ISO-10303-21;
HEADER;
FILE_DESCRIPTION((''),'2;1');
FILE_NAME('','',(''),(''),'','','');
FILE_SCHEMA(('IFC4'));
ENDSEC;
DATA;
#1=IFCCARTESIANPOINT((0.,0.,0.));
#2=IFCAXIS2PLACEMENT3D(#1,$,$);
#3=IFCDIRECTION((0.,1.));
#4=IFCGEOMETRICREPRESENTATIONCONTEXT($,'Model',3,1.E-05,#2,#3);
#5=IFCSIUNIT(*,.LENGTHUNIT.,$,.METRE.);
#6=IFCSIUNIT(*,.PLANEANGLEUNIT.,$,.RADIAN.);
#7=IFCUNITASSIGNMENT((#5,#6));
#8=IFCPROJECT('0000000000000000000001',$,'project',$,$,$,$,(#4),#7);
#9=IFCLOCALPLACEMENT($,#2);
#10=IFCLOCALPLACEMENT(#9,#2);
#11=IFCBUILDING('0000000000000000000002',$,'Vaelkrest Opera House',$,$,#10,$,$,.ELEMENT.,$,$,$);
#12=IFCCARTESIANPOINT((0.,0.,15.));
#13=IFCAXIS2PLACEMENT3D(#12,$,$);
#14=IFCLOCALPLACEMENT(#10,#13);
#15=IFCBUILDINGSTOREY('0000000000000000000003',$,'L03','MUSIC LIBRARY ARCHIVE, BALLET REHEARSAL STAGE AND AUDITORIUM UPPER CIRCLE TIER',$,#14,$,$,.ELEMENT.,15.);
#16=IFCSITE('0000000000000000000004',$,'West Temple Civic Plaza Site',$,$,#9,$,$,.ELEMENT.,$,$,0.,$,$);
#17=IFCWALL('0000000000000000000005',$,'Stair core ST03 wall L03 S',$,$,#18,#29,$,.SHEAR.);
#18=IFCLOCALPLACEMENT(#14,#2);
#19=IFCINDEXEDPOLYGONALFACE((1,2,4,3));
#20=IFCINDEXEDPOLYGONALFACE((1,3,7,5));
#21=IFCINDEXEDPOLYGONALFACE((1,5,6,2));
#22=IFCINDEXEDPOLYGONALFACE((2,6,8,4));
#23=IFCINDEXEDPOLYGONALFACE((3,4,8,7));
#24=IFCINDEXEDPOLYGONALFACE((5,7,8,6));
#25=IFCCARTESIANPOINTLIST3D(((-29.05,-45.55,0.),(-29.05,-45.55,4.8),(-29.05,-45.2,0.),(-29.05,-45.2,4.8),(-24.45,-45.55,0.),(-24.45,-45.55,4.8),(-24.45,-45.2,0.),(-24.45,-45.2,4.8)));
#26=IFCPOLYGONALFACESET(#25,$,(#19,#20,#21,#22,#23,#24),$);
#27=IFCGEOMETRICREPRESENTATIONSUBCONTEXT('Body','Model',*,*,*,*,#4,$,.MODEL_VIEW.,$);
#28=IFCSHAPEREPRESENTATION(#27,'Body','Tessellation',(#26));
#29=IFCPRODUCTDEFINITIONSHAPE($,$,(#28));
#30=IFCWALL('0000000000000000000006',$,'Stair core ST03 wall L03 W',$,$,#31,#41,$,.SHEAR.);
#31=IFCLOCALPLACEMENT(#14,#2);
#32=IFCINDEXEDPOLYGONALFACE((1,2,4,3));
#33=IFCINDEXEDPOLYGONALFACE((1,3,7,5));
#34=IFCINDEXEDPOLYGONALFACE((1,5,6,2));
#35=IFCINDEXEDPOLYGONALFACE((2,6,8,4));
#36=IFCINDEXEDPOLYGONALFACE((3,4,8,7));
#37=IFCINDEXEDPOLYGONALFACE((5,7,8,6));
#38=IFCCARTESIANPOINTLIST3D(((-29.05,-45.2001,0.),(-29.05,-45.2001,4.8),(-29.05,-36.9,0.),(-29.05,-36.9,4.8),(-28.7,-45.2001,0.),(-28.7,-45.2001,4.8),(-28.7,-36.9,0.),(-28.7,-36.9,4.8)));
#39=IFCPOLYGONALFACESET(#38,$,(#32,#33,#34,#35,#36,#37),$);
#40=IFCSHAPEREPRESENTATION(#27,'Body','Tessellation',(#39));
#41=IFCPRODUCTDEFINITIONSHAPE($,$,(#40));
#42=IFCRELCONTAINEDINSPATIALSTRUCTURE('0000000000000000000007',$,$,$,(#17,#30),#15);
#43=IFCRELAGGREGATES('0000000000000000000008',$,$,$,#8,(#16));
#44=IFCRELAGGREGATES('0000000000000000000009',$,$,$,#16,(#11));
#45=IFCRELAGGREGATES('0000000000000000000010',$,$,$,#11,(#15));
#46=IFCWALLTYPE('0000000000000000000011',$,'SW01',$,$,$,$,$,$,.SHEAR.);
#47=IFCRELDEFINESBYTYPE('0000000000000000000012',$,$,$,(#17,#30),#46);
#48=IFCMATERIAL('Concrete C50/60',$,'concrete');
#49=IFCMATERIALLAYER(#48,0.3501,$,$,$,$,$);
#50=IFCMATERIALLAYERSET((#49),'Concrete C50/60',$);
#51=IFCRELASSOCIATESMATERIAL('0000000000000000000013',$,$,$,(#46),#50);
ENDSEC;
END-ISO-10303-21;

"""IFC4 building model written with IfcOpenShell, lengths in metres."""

from ifc_helpers import new_model, si_unit, direction, frame, frame_2d, origin, place, context, subcontext, project, spatial, rectangle, extrude, material, layer, layer_set, type_object, element, save


model = new_model("IFC4")

# Units and contexts
model_context = context("Model", 3, precision=1e-05, world=origin(), true_north=direction((0.0, 1.0)))
body_context = subcontext(model_context, "Body", "Model", "MODEL_VIEW")
ifc_project = project(units=[si_unit("LENGTHUNIT", "METRE"), si_unit("PLANEANGLEUNIT", "RADIAN")], contexts=[model_context])

# Site, building, storey
site_placement = place(None, origin())
site = spatial("IfcSite", under=ifc_project, at=site_placement, Name="West Temple Civic Plaza Site", CompositionType="ELEMENT", RefElevation=0.0)
building_placement = place(site_placement, origin())
building = spatial("IfcBuilding", under=site, at=building_placement, Name="Vaelkrest Opera House", CompositionType="ELEMENT")
storey_placement = place(building_placement, frame((0.0, 0.0, 15.0)))
storey = spatial("IfcBuildingStorey", under=building, at=storey_placement, Name="L03", Description="MUSIC LIBRARY ARCHIVE, BALLET REHEARSAL STAGE AND AUDITORIUM UPPER CIRCLE TIER", CompositionType="ELEMENT", Elevation=15.0)

# Shared definitions
ifc_material_1 = material(Name="Concrete C50/60", Category="concrete")

# Walls
ifc_layer_1 = layer(ifc_material_1, 0.3501)
ifc_layer_set_1 = layer_set([ifc_layer_1], Name="Concrete C50/60")
wall_type_1 = type_object("IfcWallType", Name="SW01", PredefinedType="SHEAR", material=ifc_layer_set_1)
wall_1_placement = place(storey_placement, frame((-24.45, -45.375, 0.0), z_axis=(0.0, 0.0, 1.0), x_axis=(-1.0, 0.0, 0.0)))
element("IfcWall", 1, at=wall_1_placement, inside=storey, type_object=wall_type_1, Name="Stair core ST03 wall L03 S", PredefinedType="SHEAR", context=body_context, shape_type="SweptSolid", body=[
    extrude(rectangle(XDim=4.6001, YDim=0.3501, at=frame_2d((2.3, 0.0))), origin(), (0.0, 0.0, 1.0), 4.8),
])
wall_2_placement = place(storey_placement, frame((-28.875, -45.2, 0.0), z_axis=(0.0, 0.0, 1.0), x_axis=(0.0, 1.0, 0.0)))
element("IfcWall", 2, at=wall_2_placement, inside=storey, type_object=wall_type_1, Name="Stair core ST03 wall L03 W", PredefinedType="SHEAR", context=body_context, shape_type="SweptSolid", body=[
    extrude(rectangle(XDim=8.3, YDim=0.3501, at=frame_2d((4.1499, 0.0))), origin(), (0.0, 0.0, 1.0), 4.8),
])

save(model, "model.ifc")
